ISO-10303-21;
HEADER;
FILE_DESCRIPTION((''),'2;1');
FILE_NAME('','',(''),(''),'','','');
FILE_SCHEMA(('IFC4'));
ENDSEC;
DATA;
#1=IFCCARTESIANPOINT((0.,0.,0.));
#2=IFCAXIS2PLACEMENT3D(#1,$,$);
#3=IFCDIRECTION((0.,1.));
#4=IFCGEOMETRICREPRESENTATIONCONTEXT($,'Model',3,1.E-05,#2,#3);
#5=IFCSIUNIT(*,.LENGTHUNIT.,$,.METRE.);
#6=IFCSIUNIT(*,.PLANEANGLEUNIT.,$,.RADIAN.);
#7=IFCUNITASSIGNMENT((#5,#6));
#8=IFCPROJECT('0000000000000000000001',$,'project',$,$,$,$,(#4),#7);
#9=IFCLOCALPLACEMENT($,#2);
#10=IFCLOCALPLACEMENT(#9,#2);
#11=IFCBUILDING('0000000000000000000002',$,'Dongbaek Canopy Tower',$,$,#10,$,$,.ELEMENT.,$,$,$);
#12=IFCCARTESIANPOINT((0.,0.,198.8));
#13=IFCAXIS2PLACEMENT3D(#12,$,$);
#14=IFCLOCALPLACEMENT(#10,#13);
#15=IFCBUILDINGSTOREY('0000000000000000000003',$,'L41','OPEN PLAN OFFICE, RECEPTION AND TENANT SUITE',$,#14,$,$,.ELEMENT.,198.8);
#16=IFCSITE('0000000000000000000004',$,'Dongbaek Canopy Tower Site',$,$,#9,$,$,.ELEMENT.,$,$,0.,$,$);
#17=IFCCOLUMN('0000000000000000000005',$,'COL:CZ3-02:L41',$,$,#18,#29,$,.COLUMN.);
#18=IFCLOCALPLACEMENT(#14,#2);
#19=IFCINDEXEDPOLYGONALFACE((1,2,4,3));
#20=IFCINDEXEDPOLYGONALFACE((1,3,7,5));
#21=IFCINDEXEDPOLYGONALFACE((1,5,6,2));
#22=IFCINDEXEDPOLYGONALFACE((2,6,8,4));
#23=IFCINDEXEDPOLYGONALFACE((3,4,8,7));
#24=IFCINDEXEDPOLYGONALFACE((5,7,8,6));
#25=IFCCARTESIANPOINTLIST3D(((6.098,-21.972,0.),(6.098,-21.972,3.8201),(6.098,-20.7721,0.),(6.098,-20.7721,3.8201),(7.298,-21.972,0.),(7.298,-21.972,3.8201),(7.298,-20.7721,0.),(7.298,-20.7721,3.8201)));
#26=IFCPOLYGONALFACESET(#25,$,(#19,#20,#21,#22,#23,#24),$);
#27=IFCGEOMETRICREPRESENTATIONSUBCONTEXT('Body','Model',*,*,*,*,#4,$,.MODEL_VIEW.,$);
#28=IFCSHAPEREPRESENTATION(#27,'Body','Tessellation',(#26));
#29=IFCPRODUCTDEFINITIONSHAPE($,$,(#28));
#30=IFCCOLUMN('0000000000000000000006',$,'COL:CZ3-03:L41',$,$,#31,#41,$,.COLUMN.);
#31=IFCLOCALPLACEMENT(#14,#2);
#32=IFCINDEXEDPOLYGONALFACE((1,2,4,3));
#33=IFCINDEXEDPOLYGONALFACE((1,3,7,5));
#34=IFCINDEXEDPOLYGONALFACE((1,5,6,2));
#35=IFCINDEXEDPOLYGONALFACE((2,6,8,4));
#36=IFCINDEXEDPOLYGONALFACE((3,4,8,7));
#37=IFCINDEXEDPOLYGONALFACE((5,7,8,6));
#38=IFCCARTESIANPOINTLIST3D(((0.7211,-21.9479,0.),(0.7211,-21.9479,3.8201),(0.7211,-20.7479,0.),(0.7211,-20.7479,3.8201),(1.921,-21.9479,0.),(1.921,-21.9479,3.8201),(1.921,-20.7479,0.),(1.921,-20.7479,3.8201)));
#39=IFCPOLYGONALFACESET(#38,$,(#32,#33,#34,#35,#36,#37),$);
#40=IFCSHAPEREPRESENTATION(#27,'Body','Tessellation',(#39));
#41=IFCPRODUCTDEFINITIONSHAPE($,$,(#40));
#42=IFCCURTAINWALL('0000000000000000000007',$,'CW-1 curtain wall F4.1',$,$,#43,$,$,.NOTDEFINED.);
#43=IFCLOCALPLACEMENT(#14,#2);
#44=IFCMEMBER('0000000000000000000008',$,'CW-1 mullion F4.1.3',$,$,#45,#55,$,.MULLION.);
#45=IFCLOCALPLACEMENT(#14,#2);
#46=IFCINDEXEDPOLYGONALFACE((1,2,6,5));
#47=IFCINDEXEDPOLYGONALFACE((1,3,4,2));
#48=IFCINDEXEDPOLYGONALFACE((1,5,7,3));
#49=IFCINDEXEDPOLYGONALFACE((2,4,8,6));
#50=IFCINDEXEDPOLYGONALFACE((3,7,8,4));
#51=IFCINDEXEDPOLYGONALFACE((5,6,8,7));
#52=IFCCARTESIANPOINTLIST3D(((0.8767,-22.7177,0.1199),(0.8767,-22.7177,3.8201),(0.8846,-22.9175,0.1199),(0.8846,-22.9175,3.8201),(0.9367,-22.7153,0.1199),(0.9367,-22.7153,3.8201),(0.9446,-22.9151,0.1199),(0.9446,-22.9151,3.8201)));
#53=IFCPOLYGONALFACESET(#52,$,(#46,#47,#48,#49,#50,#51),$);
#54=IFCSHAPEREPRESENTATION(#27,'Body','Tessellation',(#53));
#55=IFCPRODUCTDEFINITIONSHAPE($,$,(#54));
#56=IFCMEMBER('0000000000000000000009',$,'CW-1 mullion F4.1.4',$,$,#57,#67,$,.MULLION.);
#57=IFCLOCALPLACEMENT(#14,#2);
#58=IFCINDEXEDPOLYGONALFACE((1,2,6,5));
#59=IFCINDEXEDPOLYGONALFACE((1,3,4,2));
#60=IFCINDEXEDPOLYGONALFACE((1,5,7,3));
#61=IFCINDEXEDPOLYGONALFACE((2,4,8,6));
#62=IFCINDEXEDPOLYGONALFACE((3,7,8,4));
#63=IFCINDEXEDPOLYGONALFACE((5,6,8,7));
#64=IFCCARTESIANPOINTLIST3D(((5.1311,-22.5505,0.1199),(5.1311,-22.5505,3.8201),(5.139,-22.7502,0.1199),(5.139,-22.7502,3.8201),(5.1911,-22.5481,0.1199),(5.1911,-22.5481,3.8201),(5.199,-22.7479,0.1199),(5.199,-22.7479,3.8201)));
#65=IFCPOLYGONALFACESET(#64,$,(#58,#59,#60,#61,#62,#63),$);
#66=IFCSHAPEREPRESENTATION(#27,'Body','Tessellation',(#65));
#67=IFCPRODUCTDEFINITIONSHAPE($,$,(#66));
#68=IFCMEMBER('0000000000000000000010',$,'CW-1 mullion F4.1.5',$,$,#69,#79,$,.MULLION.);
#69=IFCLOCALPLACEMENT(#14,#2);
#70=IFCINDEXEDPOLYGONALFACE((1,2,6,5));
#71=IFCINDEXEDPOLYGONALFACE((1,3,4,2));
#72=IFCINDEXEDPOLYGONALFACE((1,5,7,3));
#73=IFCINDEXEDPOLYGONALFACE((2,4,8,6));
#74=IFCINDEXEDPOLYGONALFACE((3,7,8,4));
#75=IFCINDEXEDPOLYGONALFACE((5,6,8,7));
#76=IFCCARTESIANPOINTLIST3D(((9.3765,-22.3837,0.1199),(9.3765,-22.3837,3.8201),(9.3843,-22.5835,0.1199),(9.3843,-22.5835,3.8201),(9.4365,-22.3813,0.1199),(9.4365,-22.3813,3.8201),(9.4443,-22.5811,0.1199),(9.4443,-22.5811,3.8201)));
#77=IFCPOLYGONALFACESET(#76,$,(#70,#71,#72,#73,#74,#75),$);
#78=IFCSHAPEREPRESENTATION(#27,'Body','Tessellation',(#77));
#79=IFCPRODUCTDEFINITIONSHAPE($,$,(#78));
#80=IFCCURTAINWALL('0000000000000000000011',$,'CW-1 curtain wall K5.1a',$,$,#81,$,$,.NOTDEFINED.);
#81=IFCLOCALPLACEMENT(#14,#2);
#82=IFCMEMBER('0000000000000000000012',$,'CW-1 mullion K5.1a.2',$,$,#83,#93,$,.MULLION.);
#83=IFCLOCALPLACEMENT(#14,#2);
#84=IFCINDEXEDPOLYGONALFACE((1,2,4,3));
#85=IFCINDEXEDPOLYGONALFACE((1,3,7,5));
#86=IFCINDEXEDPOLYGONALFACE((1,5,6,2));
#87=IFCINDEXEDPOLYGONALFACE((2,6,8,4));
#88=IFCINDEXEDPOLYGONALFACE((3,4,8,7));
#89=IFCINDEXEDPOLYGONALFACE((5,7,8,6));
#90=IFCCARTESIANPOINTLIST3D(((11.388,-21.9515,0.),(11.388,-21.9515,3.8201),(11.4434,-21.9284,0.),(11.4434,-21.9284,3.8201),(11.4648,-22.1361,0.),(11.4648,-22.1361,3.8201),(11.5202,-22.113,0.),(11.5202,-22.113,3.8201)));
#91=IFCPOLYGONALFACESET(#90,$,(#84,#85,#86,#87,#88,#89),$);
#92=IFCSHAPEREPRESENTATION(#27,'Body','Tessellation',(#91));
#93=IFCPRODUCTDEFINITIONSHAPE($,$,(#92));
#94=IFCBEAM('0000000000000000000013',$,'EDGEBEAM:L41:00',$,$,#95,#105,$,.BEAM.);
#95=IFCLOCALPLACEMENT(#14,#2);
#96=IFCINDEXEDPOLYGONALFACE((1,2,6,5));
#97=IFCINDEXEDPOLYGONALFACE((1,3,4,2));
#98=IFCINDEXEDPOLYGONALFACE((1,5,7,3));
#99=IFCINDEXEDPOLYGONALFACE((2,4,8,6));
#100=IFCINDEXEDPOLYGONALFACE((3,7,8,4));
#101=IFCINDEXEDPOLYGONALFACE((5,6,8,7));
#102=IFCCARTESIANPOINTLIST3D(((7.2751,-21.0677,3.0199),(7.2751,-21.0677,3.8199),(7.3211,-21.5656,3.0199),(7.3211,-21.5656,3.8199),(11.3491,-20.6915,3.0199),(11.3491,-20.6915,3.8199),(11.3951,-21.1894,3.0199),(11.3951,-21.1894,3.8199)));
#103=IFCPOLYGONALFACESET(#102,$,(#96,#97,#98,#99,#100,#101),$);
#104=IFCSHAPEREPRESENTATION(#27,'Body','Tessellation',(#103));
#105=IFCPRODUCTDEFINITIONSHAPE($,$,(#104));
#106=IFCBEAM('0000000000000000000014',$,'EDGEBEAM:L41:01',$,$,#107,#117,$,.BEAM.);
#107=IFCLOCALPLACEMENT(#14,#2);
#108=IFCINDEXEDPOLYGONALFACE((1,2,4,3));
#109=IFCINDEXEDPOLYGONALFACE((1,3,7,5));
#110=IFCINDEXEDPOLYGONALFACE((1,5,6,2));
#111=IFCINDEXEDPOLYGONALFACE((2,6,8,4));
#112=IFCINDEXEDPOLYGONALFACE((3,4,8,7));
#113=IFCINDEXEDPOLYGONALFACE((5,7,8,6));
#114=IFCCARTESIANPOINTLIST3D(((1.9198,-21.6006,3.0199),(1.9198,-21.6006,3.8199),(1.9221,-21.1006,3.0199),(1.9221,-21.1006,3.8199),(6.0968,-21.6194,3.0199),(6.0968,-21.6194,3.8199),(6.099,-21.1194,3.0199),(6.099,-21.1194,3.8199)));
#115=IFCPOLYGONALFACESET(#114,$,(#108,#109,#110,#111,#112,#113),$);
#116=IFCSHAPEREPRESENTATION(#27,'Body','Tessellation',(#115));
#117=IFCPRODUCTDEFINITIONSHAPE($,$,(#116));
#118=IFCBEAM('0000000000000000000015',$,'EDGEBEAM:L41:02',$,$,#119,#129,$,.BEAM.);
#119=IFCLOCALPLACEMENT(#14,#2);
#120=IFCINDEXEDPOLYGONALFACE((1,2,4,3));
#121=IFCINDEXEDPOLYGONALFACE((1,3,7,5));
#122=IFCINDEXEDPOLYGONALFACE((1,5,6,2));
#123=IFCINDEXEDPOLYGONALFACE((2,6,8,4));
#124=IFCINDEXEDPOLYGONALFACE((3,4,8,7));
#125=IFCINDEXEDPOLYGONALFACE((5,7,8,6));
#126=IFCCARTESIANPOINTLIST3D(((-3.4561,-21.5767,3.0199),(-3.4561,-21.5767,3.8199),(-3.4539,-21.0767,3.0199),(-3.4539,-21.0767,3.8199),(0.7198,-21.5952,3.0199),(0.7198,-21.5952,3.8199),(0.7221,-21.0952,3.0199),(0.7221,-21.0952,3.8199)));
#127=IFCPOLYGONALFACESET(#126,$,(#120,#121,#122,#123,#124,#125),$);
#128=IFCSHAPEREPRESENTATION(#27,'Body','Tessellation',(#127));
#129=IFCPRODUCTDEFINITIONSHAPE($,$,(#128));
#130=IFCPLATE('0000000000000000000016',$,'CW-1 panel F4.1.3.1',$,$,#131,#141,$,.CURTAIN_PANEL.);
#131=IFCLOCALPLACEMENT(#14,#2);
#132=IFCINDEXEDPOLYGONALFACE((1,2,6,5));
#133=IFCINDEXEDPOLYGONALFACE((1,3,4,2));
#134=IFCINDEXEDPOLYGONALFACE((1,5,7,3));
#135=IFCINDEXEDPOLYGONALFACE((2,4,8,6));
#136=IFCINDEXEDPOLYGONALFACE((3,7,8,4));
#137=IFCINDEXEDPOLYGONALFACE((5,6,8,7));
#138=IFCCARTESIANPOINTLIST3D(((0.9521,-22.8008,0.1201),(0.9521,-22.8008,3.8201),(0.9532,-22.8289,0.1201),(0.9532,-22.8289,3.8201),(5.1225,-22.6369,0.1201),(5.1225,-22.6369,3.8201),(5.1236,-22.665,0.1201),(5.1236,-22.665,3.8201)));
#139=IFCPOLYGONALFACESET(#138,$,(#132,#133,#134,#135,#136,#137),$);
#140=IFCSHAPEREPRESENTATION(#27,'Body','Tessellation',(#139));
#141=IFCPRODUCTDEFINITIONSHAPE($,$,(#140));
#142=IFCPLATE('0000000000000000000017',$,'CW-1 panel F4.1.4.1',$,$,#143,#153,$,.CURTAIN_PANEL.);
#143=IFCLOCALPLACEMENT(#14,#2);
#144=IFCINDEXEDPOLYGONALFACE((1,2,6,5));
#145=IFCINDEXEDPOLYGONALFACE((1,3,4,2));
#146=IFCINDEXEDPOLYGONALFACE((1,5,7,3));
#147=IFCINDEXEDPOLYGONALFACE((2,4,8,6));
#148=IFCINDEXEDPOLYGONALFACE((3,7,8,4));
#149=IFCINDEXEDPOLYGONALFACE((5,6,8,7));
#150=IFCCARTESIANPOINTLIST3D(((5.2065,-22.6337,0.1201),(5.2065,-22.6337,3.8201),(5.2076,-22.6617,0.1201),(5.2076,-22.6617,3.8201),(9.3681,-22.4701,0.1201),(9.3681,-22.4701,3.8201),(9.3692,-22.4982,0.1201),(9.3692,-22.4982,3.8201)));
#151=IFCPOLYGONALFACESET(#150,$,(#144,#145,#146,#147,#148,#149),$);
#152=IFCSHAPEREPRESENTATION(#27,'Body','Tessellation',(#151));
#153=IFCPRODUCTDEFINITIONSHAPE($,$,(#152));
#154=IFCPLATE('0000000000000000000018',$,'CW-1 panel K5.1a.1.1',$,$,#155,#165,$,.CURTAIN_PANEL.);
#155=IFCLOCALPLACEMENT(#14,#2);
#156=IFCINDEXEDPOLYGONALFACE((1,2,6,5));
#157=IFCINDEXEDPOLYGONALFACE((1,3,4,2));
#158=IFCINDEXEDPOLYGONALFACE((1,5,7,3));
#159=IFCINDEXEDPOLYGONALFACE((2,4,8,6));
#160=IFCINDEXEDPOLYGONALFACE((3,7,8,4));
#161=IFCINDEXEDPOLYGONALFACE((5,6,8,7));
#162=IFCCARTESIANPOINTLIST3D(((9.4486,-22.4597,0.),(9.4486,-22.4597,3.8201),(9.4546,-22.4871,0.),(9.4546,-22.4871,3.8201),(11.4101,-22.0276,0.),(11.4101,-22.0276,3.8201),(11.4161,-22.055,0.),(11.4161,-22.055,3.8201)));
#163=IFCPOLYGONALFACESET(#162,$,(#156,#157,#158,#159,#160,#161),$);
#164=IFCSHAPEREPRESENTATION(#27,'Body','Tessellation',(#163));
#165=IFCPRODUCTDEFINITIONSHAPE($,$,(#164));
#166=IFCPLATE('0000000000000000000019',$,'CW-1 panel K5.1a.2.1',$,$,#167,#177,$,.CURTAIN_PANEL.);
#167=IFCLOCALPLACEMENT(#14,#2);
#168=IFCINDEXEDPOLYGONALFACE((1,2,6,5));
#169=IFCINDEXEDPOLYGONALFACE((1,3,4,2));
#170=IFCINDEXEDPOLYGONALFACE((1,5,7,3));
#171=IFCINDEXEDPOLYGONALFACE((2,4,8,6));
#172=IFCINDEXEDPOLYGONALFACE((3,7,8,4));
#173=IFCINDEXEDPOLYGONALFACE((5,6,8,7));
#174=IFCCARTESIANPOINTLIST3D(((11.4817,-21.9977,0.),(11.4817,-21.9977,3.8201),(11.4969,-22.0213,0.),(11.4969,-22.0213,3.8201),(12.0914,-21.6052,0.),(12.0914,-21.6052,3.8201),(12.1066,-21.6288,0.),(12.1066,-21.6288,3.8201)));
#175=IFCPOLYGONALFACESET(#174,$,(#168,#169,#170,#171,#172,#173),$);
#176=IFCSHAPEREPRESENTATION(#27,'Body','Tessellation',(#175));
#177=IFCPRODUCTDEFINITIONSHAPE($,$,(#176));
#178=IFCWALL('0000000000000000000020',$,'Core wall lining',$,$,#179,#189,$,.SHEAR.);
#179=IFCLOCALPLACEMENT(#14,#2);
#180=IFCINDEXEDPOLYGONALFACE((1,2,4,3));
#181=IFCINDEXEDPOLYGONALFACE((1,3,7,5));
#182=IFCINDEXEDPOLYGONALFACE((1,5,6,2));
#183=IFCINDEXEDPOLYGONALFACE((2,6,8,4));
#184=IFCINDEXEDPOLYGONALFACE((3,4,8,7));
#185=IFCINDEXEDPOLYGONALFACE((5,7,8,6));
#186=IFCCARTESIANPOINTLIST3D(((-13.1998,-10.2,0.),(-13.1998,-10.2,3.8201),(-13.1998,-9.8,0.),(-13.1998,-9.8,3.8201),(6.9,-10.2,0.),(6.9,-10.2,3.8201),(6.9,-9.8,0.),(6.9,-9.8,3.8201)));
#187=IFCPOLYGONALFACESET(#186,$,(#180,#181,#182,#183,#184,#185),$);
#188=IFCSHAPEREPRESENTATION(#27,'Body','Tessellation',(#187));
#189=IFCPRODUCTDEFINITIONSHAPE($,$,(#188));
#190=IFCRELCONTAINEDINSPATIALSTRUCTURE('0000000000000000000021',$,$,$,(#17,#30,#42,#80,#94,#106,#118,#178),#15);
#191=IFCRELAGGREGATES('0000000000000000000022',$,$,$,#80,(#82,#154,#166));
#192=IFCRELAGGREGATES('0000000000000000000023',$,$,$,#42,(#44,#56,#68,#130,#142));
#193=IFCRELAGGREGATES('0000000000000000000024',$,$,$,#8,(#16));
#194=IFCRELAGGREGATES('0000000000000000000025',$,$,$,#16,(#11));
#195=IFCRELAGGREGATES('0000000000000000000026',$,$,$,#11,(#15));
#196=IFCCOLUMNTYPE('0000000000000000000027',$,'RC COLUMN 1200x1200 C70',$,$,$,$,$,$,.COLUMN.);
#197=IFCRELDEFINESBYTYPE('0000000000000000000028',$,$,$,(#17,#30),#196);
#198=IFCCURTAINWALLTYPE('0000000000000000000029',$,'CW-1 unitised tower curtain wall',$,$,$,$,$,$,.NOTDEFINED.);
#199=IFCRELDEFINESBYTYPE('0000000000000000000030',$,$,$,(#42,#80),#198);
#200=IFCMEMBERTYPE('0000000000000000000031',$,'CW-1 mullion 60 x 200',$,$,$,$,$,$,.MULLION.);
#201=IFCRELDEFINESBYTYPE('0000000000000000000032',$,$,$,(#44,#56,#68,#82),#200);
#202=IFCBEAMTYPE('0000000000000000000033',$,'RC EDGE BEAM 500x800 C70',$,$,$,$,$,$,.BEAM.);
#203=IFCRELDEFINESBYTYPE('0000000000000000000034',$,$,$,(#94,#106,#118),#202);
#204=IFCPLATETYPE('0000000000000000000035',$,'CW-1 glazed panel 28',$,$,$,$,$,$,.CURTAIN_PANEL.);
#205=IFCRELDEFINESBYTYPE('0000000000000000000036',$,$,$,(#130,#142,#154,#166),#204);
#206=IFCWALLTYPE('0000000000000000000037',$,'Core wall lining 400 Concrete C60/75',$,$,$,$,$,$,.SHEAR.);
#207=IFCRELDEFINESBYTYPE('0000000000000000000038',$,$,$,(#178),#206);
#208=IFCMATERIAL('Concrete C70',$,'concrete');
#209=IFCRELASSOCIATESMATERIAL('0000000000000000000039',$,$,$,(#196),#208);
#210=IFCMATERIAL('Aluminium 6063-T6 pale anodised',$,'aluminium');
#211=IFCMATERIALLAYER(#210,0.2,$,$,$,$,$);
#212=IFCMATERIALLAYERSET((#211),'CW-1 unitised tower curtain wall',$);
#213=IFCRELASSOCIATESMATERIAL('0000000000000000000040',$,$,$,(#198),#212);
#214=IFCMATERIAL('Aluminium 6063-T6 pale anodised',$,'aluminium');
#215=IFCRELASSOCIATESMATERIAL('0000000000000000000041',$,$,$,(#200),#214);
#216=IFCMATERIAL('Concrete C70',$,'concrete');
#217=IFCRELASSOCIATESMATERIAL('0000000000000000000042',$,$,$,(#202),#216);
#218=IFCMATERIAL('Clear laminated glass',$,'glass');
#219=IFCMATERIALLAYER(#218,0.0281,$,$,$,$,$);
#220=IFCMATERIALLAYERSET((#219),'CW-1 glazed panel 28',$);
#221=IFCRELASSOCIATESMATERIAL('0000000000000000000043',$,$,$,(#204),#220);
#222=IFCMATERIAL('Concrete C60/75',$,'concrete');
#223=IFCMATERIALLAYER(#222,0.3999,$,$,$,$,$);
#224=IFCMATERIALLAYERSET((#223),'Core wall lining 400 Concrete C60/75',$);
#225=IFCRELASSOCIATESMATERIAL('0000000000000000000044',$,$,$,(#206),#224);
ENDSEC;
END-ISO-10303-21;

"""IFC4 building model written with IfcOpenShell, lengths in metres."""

from ifc_helpers import new_model, si_unit, direction, frame, frame_2d, origin, origin_2d, place, context, subcontext, project, spatial, rectangle, extrude, material, layer, layer_set, material_profile, profile_set, type_object, element, aggregate, save


model = new_model("IFC4")

# Units and contexts
model_context = context("Model", 3, precision=1e-05, world=origin(), true_north=direction((0.0, 1.0)))
body_context = subcontext(model_context, "Body", "Model", "MODEL_VIEW")
ifc_project = project(units=[si_unit("LENGTHUNIT", "METRE"), si_unit("PLANEANGLEUNIT", "RADIAN")], contexts=[model_context])

# Site, building, storey
site_placement = place(None, origin())
site = spatial("IfcSite", under=ifc_project, at=site_placement, Name="Dongbaek Canopy Tower Site", CompositionType="ELEMENT", RefElevation=0.0)
building_placement = place(site_placement, origin())
building = spatial("IfcBuilding", under=site, at=building_placement, Name="Dongbaek Canopy Tower", CompositionType="ELEMENT")
storey_placement = place(building_placement, frame((0.0, 0.0, 198.8)))
storey = spatial("IfcBuildingStorey", under=building, at=storey_placement, Name="L41", Description="OPEN PLAN OFFICE, RECEPTION AND TENANT SUITE", CompositionType="ELEMENT", Elevation=198.8)

# Columns
ifc_material_1 = material(Name="Concrete C70", Category="concrete")
ifc_material_profile_1 = material_profile(ifc_material_1, rectangle(XDim=1.2, YDim=1.2, at=origin_2d()), Name="RC COLUMN 1200x1200 C70")
ifc_profile_set_1 = profile_set([ifc_material_profile_1], Name="Concrete C70")
column_type = type_object("IfcColumnType", Name="RC COLUMN 1200x1200 C70", PredefinedType="COLUMN", material=ifc_profile_set_1)
for number, where, z_axis, x_axis, name in (
    (1, (6.698, -21.3721, 0.0), (0.0, 0.0, 1.0), (1.0, 0.0, 0.0), "COL:CZ3-02:L41"),
    (2, (1.321, -21.3479, 0.0), (0.0, 0.0, 1.0), (1.0, 0.0, 0.0), "COL:CZ3-03:L41"),
):
    element("IfcColumn", number, at=place(storey_placement, frame(where, z_axis=z_axis, x_axis=x_axis)), inside=storey, type_object=column_type, Name=name, PredefinedType="COLUMN", context=body_context, shape_type="SweptSolid", body=[
        extrude(rectangle(XDim=1.2, YDim=1.2, at=origin_2d()), origin(), (0.0, 0.0, 1.0), 3.8201),
    ])

# Curtain wall, members
ifc_material_2 = material(Name="Aluminium 6063-T6 pale anodised", Category="aluminium")
ifc_layer_1 = layer(ifc_material_2, 0.2)
ifc_layer_set_1 = layer_set([ifc_layer_1], Name="CW-1 unitised tower curtain wall")
curtain_wall_type = type_object("IfcCurtainWallType", Name="CW-1 unitised tower curtain wall", PredefinedType="NOTDEFINED", material=ifc_layer_set_1)
curtain_wall_1_placement = place(storey_placement, origin())
curtain_wall_1 = element("IfcCurtainWall", 3, at=curtain_wall_1_placement, inside=storey, type_object=curtain_wall_type, Name="CW-1 curtain wall F4.1", PredefinedType="NOTDEFINED")
ifc_material_3 = material(Name="Aluminium 6063-T6 pale anodised", Category="aluminium")
ifc_material_profile_2 = material_profile(ifc_material_3, rectangle(XDim=0.2, YDim=0.0601, at=origin_2d()), Name="CW-1 mullion 60 x 200")
ifc_profile_set_2 = profile_set([ifc_material_profile_2], Name="Aluminium 6063-T6 pale anodised")
member_type = type_object("IfcMemberType", Name="CW-1 mullion 60 x 200", PredefinedType="MULLION", material=ifc_profile_set_2)
member_1_placement = place(storey_placement, frame((0.9106, -22.8164, 0.1199), z_axis=(0.0, 0.0, 1.0), x_axis=(0.039276, -0.999228, 0.0)))
member_1 = element("IfcMember", 4, at=member_1_placement, type_object=member_type, Name="CW-1 mullion F4.1.3", PredefinedType="MULLION", context=body_context, shape_type="SweptSolid", body=[
    extrude(rectangle(XDim=0.2, YDim=0.0601, at=origin_2d()), origin(), (0.0, 0.0, 1.0), 3.7002),
])
member_2_placement = place(storey_placement, frame((5.165, -22.6492, 0.1199), z_axis=(0.0, 0.0, 1.0), x_axis=(0.039276, -0.999228, 0.0)))
member_2 = element("IfcMember", 5, at=member_2_placement, type_object=member_type, Name="CW-1 mullion F4.1.4", PredefinedType="MULLION", context=body_context, shape_type="SweptSolid", body=[
    extrude(rectangle(XDim=0.2, YDim=0.0601, at=origin_2d()), origin(), (0.0, 0.0, 1.0), 3.7002),
])
member_3_placement = place(storey_placement, frame((9.4104, -22.4824, 0.1199), z_axis=(0.0, 0.0, 1.0), x_axis=(0.039276, -0.999228, 0.0)))
member_3 = element("IfcMember", 6, at=member_3_placement, type_object=member_type, Name="CW-1 mullion F4.1.5", PredefinedType="MULLION", context=body_context, shape_type="SweptSolid", body=[
    extrude(rectangle(XDim=0.2, YDim=0.0601, at=origin_2d()), origin(), (0.0, 0.0, 1.0), 3.7002),
])

# Curtain wall, member
curtain_wall_2_placement = place(storey_placement, origin())
curtain_wall_2 = element("IfcCurtainWall", 7, at=curtain_wall_2_placement, inside=storey, type_object=curtain_wall_type, Name="CW-1 curtain wall K5.1a", PredefinedType="NOTDEFINED")
member_4_placement = place(storey_placement, frame((11.4541, -22.0322, 0.0), z_axis=(0.0, 0.0, 1.0), x_axis=(0.384243, -0.923232, 0.0)))
member_4 = element("IfcMember", 8, at=member_4_placement, type_object=member_type, Name="CW-1 mullion K5.1a.2", PredefinedType="MULLION", context=body_context, shape_type="SweptSolid", body=[
    extrude(rectangle(XDim=0.2, YDim=0.0601, at=origin_2d()), origin(), (0.0, 0.0, 1.0), 3.8201),
])

# Beams
ifc_material_4 = material(Name="Concrete C70", Category="concrete")
ifc_material_profile_3 = material_profile(ifc_material_4, rectangle(XDim=0.5, YDim=0.8, at=origin_2d()), Name="RC EDGE BEAM 500x800 C70")
ifc_profile_set_3 = profile_set([ifc_material_profile_3], Name="Concrete C70")
beam_type = type_object("IfcBeamType", Name="RC EDGE BEAM 500x800 C70", PredefinedType="BEAM", material=ifc_profile_set_3)
beam_1_placement = place(storey_placement, frame((11.3721, -20.9404, 3.4199), z_axis=(-0.995763, -0.091956, 0.0), x_axis=(0.091956, -0.995763, 0.0)))
element("IfcBeam", 9, at=beam_1_placement, inside=storey, type_object=beam_type, Name="EDGEBEAM:L41:00", PredefinedType="BEAM", context=body_context, shape_type="SweptSolid", body=[
    extrude(rectangle(XDim=0.5, YDim=0.8, at=origin_2d()), origin(), (0.0, 0.0, 1.0), 4.0913),
])
beam_2_placement = place(storey_placement, frame((6.0979, -21.3694, 3.4199), z_axis=(-0.99999, 0.004501, 0.0), x_axis=(-0.004501, -0.99999, 0.0)))
element("IfcBeam", 10, at=beam_2_placement, inside=storey, type_object=beam_type, Name="EDGEBEAM:L41:01", PredefinedType="BEAM", context=body_context, shape_type="SweptSolid", body=[
    extrude(rectangle(XDim=0.5, YDim=0.8, at=origin_2d()), origin(), (0.0, 0.0, 1.0), 4.177),
])
beam_3_placement = place(storey_placement, frame((0.7209, -21.3452, 3.4199), z_axis=(-0.99999, 0.004443, 0.0), x_axis=(-0.004443, -0.99999, 0.0)))
element("IfcBeam", 11, at=beam_3_placement, inside=storey, type_object=beam_type, Name="EDGEBEAM:L41:02", PredefinedType="BEAM", context=body_context, shape_type="SweptSolid", body=[
    extrude(rectangle(XDim=0.5, YDim=0.8, at=origin_2d()), origin(), (0.0, 0.0, 1.0), 4.176),
])

# Plates
ifc_material_5 = material(Name="Clear laminated glass", Category="glass")
ifc_layer_2 = layer(ifc_material_5, 0.0281)
ifc_layer_set_2 = layer_set([ifc_layer_2], Name="CW-1 glazed panel 28")
plate_type = type_object("IfcPlateType", Name="CW-1 glazed panel 28", PredefinedType="CURTAIN_PANEL", material=ifc_layer_set_2)
plate_1_placement = place(storey_placement, frame((3.0378, -22.7329, 0.1201), z_axis=(0.0, 0.0, 1.0), x_axis=(0.999228, 0.039276, 0.0)))
plate_1 = element("IfcPlate", 12, at=plate_1_placement, type_object=plate_type, Name="CW-1 panel F4.1.3.1", PredefinedType="CURTAIN_PANEL", context=body_context, shape_type="SweptSolid", body=[
    extrude(rectangle(XDim=4.1736, YDim=0.0281, at=origin_2d()), origin(), (0.0, 0.0, 1.0), 3.7),
])
plate_2_placement = place(storey_placement, frame((7.2878, -22.5659, 0.1201), z_axis=(0.0, 0.0, 1.0), x_axis=(0.999228, 0.039276, 0.0)))
plate_2 = element("IfcPlate", 13, at=plate_2_placement, type_object=plate_type, Name="CW-1 panel F4.1.4.1", PredefinedType="CURTAIN_PANEL", context=body_context, shape_type="SweptSolid", body=[
    extrude(rectangle(XDim=4.1648, YDim=0.0281, at=origin_2d()), origin(), (0.0, 0.0, 1.0), 3.7),
])
plate_3_placement = place(storey_placement, frame((10.4324, -22.2573, 0.0), z_axis=(0.0, 0.0, 1.0), x_axis=(0.976583, 0.215142, 0.0)))
plate_3 = element("IfcPlate", 14, at=plate_3_placement, type_object=plate_type, Name="CW-1 panel K5.1a.1.1", PredefinedType="CURTAIN_PANEL", context=body_context, shape_type="SweptSolid", body=[
    extrude(rectangle(XDim=2.0085, YDim=0.0281, at=origin_2d()), origin(), (0.0, 0.0, 1.0), 3.8201),
])
plate_4_placement = place(storey_placement, frame((11.7942, -21.8132, 0.0), z_axis=(0.0, 0.0, 1.0), x_axis=(0.840853, 0.541263, 0.0)))
plate_4 = element("IfcPlate", 15, at=plate_4_placement, type_object=plate_type, Name="CW-1 panel K5.1a.2.1", PredefinedType="CURTAIN_PANEL", context=body_context, shape_type="SweptSolid", body=[
    extrude(rectangle(XDim=0.7251, YDim=0.0281, at=origin_2d()), origin(), (0.0, 0.0, 1.0), 3.8201),
])
aggregate(curtain_wall_2, [member_4, plate_3, plate_4])

# Wall
ifc_material_6 = material(Name="Concrete C60/75", Category="concrete")
ifc_layer_3 = layer(ifc_material_6, 0.3999)
ifc_layer_set_3 = layer_set([ifc_layer_3], Name="Core wall lining 400 Concrete C60/75")
wall_type_1 = type_object("IfcWallType", Name="Core wall lining 400 Concrete C60/75", PredefinedType="SHEAR", material=ifc_layer_set_3)
wall_placement = place(storey_placement, frame((6.8999, -10.0, 0.0), z_axis=(0.0, 0.0, 1.0), x_axis=(-1.0, 0.0, 0.0)))
element("IfcWall", 16, at=wall_placement, inside=storey, type_object=wall_type_1, Name="Core wall lining", PredefinedType="SHEAR", context=body_context, shape_type="SweptSolid", body=[
    extrude(rectangle(XDim=20.0999, YDim=0.3999, at=frame_2d((10.0498, 0.0))), origin(), (0.0, 0.0, 1.0), 3.8201),
])

aggregate(curtain_wall_1, [member_1, member_2, member_3, plate_1, plate_2])

save(model, "model.ifc")
